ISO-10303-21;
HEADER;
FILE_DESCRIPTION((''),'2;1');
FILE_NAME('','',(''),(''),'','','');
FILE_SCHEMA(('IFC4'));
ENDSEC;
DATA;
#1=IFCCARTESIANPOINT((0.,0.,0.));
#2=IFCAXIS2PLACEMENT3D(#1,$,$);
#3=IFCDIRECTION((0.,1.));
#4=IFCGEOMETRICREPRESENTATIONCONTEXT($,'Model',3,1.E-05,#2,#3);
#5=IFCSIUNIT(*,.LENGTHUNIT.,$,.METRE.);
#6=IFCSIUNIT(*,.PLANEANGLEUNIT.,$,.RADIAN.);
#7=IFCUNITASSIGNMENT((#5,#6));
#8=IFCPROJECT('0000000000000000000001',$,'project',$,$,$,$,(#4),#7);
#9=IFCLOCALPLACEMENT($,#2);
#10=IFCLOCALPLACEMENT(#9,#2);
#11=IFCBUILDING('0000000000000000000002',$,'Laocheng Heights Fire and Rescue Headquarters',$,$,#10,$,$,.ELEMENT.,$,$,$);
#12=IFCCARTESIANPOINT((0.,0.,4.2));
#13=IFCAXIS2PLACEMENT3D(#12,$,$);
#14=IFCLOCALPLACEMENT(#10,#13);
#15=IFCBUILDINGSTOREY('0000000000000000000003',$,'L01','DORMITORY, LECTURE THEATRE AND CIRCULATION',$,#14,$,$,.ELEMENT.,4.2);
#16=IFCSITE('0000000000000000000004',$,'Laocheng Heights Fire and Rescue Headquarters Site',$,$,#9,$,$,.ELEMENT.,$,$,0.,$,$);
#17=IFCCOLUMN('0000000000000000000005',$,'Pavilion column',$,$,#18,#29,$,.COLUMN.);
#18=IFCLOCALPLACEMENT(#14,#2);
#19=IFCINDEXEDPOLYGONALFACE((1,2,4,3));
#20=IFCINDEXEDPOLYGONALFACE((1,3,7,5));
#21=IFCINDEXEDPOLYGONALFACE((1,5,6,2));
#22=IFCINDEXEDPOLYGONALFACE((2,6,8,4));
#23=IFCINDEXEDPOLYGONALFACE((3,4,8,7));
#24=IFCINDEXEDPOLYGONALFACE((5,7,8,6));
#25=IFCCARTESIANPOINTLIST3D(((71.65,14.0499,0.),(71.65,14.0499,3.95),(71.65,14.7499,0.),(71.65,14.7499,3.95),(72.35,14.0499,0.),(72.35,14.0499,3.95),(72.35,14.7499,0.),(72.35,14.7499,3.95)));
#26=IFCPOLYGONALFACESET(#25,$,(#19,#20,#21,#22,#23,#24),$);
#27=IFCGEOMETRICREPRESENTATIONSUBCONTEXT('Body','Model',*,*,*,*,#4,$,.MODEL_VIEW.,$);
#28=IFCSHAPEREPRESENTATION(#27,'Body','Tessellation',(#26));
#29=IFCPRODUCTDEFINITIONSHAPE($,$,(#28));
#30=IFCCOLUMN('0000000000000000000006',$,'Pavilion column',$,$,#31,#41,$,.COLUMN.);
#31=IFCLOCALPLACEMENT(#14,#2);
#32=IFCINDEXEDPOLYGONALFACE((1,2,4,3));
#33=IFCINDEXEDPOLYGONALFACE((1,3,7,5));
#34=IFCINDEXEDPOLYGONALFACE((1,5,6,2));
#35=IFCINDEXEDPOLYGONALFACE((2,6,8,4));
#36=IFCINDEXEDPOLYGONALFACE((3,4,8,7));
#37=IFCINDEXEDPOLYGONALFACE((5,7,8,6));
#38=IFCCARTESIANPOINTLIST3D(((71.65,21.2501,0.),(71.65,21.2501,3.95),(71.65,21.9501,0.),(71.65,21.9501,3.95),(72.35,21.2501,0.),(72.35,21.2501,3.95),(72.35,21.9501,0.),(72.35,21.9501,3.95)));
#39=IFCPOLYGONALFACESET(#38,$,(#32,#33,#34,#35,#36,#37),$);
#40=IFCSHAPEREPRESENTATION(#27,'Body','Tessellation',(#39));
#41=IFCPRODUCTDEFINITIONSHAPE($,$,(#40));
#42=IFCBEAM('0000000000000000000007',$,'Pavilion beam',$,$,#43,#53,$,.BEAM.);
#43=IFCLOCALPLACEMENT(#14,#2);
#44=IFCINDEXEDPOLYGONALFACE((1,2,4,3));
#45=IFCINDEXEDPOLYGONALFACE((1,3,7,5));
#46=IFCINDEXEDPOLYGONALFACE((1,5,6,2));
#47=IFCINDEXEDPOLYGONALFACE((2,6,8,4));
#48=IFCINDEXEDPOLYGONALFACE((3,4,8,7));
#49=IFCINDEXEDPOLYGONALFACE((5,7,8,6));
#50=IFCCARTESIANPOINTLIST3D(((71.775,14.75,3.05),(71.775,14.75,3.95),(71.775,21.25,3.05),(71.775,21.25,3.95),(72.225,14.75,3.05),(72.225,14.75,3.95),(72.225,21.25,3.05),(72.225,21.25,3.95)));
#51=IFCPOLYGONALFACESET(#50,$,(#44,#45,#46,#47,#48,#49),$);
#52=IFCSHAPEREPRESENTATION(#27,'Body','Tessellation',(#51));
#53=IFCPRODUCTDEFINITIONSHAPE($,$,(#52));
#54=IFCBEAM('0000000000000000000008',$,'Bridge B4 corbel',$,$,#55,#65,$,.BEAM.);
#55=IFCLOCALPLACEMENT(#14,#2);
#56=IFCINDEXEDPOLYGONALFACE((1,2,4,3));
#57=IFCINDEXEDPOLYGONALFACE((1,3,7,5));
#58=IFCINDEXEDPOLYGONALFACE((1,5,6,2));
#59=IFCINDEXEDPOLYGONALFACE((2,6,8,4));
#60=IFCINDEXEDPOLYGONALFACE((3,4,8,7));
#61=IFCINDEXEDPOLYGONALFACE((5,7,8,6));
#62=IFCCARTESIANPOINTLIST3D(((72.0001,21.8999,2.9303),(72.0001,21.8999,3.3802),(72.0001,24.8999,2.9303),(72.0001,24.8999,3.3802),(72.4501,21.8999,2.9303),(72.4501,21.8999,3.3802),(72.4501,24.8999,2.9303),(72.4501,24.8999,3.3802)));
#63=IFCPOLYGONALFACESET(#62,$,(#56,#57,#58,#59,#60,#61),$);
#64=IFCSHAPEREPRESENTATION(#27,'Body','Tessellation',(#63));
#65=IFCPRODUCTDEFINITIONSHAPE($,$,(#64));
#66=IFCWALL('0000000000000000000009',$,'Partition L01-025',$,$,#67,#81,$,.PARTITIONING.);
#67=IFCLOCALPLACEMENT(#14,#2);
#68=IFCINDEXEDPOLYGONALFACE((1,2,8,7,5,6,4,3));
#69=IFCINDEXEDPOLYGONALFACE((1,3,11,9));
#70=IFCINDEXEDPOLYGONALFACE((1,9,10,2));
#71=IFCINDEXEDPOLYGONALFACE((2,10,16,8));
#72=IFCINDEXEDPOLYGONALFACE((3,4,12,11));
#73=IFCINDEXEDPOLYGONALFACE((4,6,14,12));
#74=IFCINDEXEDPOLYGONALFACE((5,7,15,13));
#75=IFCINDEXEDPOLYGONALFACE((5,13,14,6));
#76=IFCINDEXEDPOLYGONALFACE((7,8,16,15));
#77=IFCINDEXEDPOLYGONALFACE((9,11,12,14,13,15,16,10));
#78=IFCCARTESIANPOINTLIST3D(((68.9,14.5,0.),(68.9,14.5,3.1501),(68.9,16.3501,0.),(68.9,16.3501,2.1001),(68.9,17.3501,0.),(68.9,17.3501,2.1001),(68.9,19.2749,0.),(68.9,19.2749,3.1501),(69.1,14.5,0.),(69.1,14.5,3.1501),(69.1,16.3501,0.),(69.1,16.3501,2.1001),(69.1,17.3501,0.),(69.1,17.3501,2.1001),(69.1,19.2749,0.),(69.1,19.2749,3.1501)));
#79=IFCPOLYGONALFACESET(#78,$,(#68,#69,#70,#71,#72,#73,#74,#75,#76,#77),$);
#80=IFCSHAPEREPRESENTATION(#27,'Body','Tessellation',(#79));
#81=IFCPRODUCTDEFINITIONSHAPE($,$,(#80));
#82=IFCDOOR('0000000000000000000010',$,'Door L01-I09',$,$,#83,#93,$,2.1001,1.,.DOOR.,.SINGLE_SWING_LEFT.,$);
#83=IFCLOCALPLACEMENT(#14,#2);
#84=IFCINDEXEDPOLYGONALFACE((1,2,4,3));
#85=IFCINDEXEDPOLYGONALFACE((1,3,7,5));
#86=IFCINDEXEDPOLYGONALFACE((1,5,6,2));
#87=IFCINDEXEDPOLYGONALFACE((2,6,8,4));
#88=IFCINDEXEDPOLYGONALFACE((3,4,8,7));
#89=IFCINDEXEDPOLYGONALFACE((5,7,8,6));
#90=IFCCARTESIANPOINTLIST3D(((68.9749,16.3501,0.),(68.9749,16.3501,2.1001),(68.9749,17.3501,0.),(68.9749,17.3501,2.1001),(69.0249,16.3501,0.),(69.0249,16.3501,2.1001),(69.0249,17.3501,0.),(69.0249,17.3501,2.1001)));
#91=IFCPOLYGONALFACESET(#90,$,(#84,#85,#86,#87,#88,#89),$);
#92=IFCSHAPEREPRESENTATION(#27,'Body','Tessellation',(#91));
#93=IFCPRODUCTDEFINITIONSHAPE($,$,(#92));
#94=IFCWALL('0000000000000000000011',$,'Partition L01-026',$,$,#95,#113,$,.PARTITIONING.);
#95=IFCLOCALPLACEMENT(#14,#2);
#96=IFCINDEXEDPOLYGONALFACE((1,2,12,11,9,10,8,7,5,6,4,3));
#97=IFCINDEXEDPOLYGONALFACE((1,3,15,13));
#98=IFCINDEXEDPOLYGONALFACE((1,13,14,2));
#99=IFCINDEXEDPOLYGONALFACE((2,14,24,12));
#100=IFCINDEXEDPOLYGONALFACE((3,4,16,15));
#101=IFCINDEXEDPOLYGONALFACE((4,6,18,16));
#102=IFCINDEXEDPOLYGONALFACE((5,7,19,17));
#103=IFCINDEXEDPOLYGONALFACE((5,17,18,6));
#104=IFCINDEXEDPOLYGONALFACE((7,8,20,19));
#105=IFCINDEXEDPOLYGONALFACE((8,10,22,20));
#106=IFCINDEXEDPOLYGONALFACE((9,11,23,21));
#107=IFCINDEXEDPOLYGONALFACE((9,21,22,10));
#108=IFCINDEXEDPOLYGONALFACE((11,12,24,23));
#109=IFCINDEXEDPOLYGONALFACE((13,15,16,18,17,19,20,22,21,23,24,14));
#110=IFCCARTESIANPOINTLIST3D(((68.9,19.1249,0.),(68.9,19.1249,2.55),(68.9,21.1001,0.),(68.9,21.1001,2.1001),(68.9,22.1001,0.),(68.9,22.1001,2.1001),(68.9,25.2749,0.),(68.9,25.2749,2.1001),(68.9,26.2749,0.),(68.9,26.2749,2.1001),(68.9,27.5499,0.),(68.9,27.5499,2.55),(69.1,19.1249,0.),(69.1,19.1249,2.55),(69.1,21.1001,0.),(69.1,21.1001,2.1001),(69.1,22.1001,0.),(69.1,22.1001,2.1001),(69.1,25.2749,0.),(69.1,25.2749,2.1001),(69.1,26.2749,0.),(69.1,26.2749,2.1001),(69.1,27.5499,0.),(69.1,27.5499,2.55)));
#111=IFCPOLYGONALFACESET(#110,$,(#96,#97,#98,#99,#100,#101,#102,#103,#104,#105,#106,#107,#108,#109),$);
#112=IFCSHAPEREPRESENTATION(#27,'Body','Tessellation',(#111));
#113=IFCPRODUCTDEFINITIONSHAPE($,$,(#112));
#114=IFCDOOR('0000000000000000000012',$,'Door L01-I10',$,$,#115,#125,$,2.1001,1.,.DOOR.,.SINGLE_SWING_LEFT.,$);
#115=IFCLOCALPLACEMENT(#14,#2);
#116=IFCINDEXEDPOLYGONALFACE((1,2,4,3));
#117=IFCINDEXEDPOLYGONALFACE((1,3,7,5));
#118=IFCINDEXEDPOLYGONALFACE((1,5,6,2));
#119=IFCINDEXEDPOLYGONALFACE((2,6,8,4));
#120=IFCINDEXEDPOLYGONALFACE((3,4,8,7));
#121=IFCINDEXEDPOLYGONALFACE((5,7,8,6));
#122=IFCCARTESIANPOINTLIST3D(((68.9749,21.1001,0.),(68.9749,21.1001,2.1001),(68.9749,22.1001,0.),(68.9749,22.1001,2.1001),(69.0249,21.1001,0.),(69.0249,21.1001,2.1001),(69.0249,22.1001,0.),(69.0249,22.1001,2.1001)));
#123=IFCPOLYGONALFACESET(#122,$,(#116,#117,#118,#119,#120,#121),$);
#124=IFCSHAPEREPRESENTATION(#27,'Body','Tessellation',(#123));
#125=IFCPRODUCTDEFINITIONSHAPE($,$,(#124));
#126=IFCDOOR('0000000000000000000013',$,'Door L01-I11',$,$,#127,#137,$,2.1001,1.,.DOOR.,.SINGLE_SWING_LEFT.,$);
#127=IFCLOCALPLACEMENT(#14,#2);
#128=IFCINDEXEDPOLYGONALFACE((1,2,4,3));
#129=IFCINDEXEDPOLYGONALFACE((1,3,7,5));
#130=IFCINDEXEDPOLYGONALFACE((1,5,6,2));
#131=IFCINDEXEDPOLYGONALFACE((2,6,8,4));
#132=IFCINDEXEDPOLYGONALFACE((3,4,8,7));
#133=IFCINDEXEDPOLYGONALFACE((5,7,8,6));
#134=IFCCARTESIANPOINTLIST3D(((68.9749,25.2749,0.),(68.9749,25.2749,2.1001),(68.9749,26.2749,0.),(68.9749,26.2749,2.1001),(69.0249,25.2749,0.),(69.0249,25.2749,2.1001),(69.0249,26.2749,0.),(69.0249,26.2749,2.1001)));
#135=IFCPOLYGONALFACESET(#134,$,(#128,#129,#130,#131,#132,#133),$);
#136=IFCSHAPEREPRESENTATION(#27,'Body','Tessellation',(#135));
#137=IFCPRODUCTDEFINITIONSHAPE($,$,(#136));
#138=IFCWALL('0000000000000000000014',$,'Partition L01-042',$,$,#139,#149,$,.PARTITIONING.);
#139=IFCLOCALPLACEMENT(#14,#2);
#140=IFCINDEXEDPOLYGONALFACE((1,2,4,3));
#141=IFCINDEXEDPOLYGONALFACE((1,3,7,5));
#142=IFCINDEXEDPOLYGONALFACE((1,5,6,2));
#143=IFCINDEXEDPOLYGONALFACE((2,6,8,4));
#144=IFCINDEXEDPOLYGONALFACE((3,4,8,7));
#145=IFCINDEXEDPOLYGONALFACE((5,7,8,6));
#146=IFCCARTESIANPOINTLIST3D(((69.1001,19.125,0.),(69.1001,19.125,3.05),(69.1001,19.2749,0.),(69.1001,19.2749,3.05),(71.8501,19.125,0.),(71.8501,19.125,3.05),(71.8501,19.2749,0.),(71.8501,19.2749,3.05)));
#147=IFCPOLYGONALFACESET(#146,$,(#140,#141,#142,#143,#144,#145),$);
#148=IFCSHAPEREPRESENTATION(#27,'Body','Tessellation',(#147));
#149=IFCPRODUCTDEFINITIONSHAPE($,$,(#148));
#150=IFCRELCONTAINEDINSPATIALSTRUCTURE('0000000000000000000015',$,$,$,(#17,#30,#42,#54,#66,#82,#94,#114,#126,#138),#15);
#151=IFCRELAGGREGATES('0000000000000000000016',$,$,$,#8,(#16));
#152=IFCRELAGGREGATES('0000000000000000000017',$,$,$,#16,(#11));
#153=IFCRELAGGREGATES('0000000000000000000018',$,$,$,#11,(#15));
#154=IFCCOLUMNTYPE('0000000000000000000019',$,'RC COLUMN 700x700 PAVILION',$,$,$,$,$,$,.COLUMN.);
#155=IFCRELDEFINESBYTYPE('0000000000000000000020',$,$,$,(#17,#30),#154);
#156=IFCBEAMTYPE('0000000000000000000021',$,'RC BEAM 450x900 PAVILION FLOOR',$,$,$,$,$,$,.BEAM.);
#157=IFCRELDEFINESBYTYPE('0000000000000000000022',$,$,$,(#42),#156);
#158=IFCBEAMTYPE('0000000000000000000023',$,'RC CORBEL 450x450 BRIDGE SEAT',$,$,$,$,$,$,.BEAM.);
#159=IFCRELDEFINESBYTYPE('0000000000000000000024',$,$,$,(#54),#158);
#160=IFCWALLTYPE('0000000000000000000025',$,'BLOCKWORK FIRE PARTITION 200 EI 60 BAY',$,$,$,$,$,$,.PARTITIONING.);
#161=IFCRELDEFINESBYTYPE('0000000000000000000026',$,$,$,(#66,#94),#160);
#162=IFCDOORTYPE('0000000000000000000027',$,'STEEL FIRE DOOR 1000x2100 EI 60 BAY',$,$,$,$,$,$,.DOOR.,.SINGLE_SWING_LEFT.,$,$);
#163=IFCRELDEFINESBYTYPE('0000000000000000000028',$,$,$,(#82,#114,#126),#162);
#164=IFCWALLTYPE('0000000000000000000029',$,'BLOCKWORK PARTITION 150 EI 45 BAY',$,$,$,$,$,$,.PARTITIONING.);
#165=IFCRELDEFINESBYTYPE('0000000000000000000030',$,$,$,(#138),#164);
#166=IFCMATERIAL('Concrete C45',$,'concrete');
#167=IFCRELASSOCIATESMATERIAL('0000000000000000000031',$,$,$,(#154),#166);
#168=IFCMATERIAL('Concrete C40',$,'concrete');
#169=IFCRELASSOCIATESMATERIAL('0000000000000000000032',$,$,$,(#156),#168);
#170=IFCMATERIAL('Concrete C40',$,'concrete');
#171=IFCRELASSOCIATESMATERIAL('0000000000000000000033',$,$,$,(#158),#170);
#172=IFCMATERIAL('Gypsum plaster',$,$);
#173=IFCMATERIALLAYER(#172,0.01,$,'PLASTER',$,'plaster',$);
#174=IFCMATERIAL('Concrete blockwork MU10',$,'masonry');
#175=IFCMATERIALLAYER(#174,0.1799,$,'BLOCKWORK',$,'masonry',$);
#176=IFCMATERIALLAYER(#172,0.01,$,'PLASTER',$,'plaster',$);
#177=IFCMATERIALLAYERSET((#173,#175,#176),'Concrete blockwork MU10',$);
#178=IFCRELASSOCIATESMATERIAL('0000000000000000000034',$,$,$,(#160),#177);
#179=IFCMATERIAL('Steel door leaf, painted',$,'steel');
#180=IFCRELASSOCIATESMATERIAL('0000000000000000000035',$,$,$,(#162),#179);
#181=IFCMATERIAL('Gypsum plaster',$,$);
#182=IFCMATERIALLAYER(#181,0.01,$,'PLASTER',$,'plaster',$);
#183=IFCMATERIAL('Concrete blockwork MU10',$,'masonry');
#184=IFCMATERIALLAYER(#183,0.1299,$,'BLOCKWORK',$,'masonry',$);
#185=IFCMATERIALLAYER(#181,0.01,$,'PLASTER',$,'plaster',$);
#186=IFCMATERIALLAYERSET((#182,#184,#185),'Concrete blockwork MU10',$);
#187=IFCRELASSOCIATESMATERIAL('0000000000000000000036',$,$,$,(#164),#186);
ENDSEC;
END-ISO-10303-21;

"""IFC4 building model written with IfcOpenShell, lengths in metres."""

from ifc_helpers import new_model, si_unit, direction, frame, frame_2d, origin, origin_2d, place, context, subcontext, project, spatial, rectangle, extrude, material, layer, layer_set, material_profile, profile_set, type_object, element, fill, save


model = new_model("IFC4")

# Units and contexts
model_context = context("Model", 3, precision=1e-05, world=origin(), true_north=direction((0.0, 1.0)))
body_context = subcontext(model_context, "Body", "Model", "MODEL_VIEW")
ifc_project = project(units=[si_unit("LENGTHUNIT", "METRE"), si_unit("PLANEANGLEUNIT", "RADIAN")], contexts=[model_context])

# Site, building, storey
site_placement = place(None, origin())
site = spatial("IfcSite", under=ifc_project, at=site_placement, Name="Laocheng Heights Fire and Rescue Headquarters Site", CompositionType="ELEMENT", RefElevation=0.0)
building_placement = place(site_placement, origin())
building = spatial("IfcBuilding", under=site, at=building_placement, Name="Laocheng Heights Fire and Rescue Headquarters", CompositionType="ELEMENT")
storey_placement = place(building_placement, frame((0.0, 0.0, 4.2)))
storey = spatial("IfcBuildingStorey", under=building, at=storey_placement, Name="L01", Description="DORMITORY, LECTURE THEATRE AND CIRCULATION", CompositionType="ELEMENT", Elevation=4.2)

# Columns
ifc_material_1 = material(Name="Concrete C45", Category="concrete")
ifc_material_profile_1 = material_profile(ifc_material_1, rectangle(XDim=0.7, YDim=0.7, at=origin_2d()), Name="RC COLUMN 700x700 PAVILION")
ifc_profile_set_1 = profile_set([ifc_material_profile_1], Name="Concrete C45")
column_type = type_object("IfcColumnType", Name="RC COLUMN 700x700 PAVILION", PredefinedType="COLUMN", material=ifc_profile_set_1)
for number, where, z_axis, x_axis, name in (
    (1, (72.0, 14.3999, 0.0), (0.0, 0.0, 1.0), (1.0, 0.0, 0.0), "Pavilion column"),
    (2, (72.0, 21.6001, 0.0), (0.0, 0.0, 1.0), (1.0, 0.0, 0.0), "Pavilion column"),
):
    element("IfcColumn", number, at=place(storey_placement, frame(where, z_axis=z_axis, x_axis=x_axis)), inside=storey, type_object=column_type, Name=name, PredefinedType="COLUMN", context=body_context, shape_type="SweptSolid", body=[
        extrude(rectangle(XDim=0.7, YDim=0.7, at=origin_2d()), origin(), (0.0, 0.0, 1.0), 3.95),
    ])

# Beams
ifc_material_2 = material(Name="Concrete C40", Category="concrete")
ifc_material_profile_2 = material_profile(ifc_material_2, rectangle(XDim=0.45, YDim=0.8999, at=origin_2d()), Name="RC BEAM 450x900 PAVILION FLOOR")
ifc_profile_set_2 = profile_set([ifc_material_profile_2], Name="Concrete C40")
beam_type_1 = type_object("IfcBeamType", Name="RC BEAM 450x900 PAVILION FLOOR", PredefinedType="BEAM", material=ifc_profile_set_2)
beam_1_placement = place(storey_placement, frame((72.0, 14.75, 3.5), z_axis=(0.0, 1.0, 0.0), x_axis=(-1.0, 0.0, 0.0)))
element("IfcBeam", 3, at=beam_1_placement, inside=storey, type_object=beam_type_1, Name="Pavilion beam", PredefinedType="BEAM", context=body_context, shape_type="SweptSolid", body=[
    extrude(rectangle(XDim=0.45, YDim=0.8999, at=origin_2d()), origin(), (0.0, 0.0, 1.0), 6.5),
])
ifc_material_3 = material(Name="Concrete C40", Category="concrete")
ifc_material_profile_3 = material_profile(ifc_material_3, rectangle(XDim=0.45, YDim=0.45, at=origin_2d()), Name="RC CORBEL 450x450 BRIDGE SEAT")
ifc_profile_set_3 = profile_set([ifc_material_profile_3], Name="Concrete C40")
beam_type_2 = type_object("IfcBeamType", Name="RC CORBEL 450x450 BRIDGE SEAT", PredefinedType="BEAM", material=ifc_profile_set_3)
beam_2_placement = place(storey_placement, frame((72.2251, 21.8999, 3.1553), z_axis=(0.0, 1.0, 0.0), x_axis=(-1.0, 0.0, 0.0)))
element("IfcBeam", 4, at=beam_2_placement, inside=storey, type_object=beam_type_2, Name="Bridge B4 corbel", PredefinedType="BEAM", context=body_context, shape_type="SweptSolid", body=[
    extrude(rectangle(XDim=0.45, YDim=0.45, at=origin_2d()), origin(), (0.0, 0.0, 1.0), 3.0),
])

# Wall, opening, door
ifc_material_4 = material(Name="Gypsum plaster")
ifc_layer_1 = layer(ifc_material_4, 0.01, Name="PLASTER", Category="plaster")
ifc_material_5 = material(Name="Concrete blockwork MU10", Category="masonry")
ifc_layer_2 = layer(ifc_material_5, 0.1799, Name="BLOCKWORK", Category="masonry")
ifc_layer_3 = layer(ifc_material_4, 0.01, Name="PLASTER", Category="plaster")
ifc_layer_set_1 = layer_set([ifc_layer_1, ifc_layer_2, ifc_layer_3], Name="Concrete blockwork MU10")
wall_type_1 = type_object("IfcWallType", Name="BLOCKWORK FIRE PARTITION 200 EI 60 BAY", PredefinedType="PARTITIONING", material=ifc_layer_set_1)
wall_1_placement = place(storey_placement, frame((69.0, 14.5, 0.0), z_axis=(0.0, 0.0, 1.0), x_axis=(0.0, 1.0, 0.0)))
wall_1 = element("IfcWall", 5, at=wall_1_placement, inside=storey, type_object=wall_type_1, Name="Partition L01-025", PredefinedType="PARTITIONING", context=body_context, shape_type="SweptSolid", body=[
    extrude(rectangle(XDim=4.7749, YDim=0.2, at=frame_2d((2.3875, 0.0))), origin(), (0.0, 0.0, 1.0), 3.1501),
])
opening_1_placement = place(wall_1_placement, frame((1.8501, 0.0, 0.0)))
opening_1 = element("IfcOpeningElement", 6, at=opening_1_placement, cuts=wall_1, PredefinedType="OPENING", context=body_context, shape_type="SweptSolid", body=[
    extrude(rectangle(XDim=1.0, YDim=2.1001, at=frame_2d((0.5, 1.05))), frame((0.0, 0.1099, 0.0), z_axis=(0.0, -1.0, 0.0), x_axis=(1.0, 0.0, 0.0)), (0.0, 0.0, 1.0), 0.22),
])
ifc_material_6 = material(Name="Steel door leaf, painted", Category="steel")
door_type = type_object("IfcDoorType", Name="STEEL FIRE DOOR 1000x2100 EI 60 BAY", OperationType="SINGLE_SWING_LEFT", PredefinedType="DOOR", material=ifc_material_6)
door_1_placement = place(opening_1_placement, frame((1.0, 0.0, 0.0), z_axis=(0.0, 0.0, 1.0), x_axis=(-1.0, 0.0, 0.0)))
door_1 = element("IfcDoor", 7, at=door_1_placement, inside=storey, type_object=door_type, Name="Door L01-I09", OperationType="SINGLE_SWING_LEFT", OverallHeight=2.1001, OverallWidth=1.0, PredefinedType="DOOR", context=body_context, shape_type="SweptSolid", body=[
    extrude(rectangle(XDim=1.0, YDim=2.1001, at=frame_2d((0.5, 1.05))), frame((0.0, 0.0249, 0.0), z_axis=(0.0, -1.0, 0.0), x_axis=(1.0, 0.0, 0.0)), (0.0, 0.0, 1.0), 0.05),
])
fill(opening_1, door_1)

# Wall, openings, doors
wall_2_placement = place(storey_placement, frame((69.0, 19.125, 0.0), z_axis=(0.0, 0.0, 1.0), x_axis=(0.0, 1.0, 0.0)))
wall_2 = element("IfcWall", 8, at=wall_2_placement, inside=storey, type_object=wall_type_1, Name="Partition L01-026", PredefinedType="PARTITIONING", context=body_context, shape_type="SweptSolid", body=[
    extrude(rectangle(XDim=8.425, YDim=0.2, at=frame_2d((4.2124, 0.0))), origin(), (0.0, 0.0, 1.0), 2.55),
])
opening_2_placement = place(wall_2_placement, frame((1.9751, 0.0, 0.0)))
opening_2 = element("IfcOpeningElement", 9, at=opening_2_placement, cuts=wall_2, PredefinedType="OPENING", context=body_context, shape_type="SweptSolid", body=[
    extrude(rectangle(XDim=1.0, YDim=2.1001, at=frame_2d((0.5, 1.05))), frame((0.0, 0.1099, 0.0), z_axis=(0.0, -1.0, 0.0), x_axis=(1.0, 0.0, 0.0)), (0.0, 0.0, 1.0), 0.22),
])
opening_3_placement = place(wall_2_placement, frame((6.1499, 0.0, 0.0)))
opening_3 = element("IfcOpeningElement", 10, at=opening_3_placement, cuts=wall_2, PredefinedType="OPENING", context=body_context, shape_type="SweptSolid", body=[
    extrude(rectangle(XDim=1.0, YDim=2.1001, at=frame_2d((0.5, 1.05))), frame((0.0, 0.1099, 0.0), z_axis=(0.0, -1.0, 0.0), x_axis=(1.0, 0.0, 0.0)), (0.0, 0.0, 1.0), 0.22),
])
door_2_placement = place(opening_2_placement, frame((1.0, 0.0, 0.0), z_axis=(0.0, 0.0, 1.0), x_axis=(-1.0, 0.0, 0.0)))
door_2 = element("IfcDoor", 11, at=door_2_placement, inside=storey, type_object=door_type, Name="Door L01-I10", OperationType="SINGLE_SWING_LEFT", OverallHeight=2.1001, OverallWidth=1.0, PredefinedType="DOOR", context=body_context, shape_type="SweptSolid", body=[
    extrude(rectangle(XDim=1.0, YDim=2.1001, at=frame_2d((0.5, 1.05))), frame((0.0, 0.0249, 0.0), z_axis=(0.0, -1.0, 0.0), x_axis=(1.0, 0.0, 0.0)), (0.0, 0.0, 1.0), 0.05),
])
fill(opening_2, door_2)
door_3_placement = place(opening_3_placement, frame((1.0, 0.0, 0.0), z_axis=(0.0, 0.0, 1.0), x_axis=(-1.0, 0.0, 0.0)))
door_3 = element("IfcDoor", 12, at=door_3_placement, inside=storey, type_object=door_type, Name="Door L01-I11", OperationType="SINGLE_SWING_LEFT", OverallHeight=2.1001, OverallWidth=1.0, PredefinedType="DOOR", context=body_context, shape_type="SweptSolid", body=[
    extrude(rectangle(XDim=1.0, YDim=2.1001, at=frame_2d((0.5, 1.05))), frame((0.0, 0.0249, 0.0), z_axis=(0.0, -1.0, 0.0), x_axis=(1.0, 0.0, 0.0)), (0.0, 0.0, 1.0), 0.05),
])
fill(opening_3, door_3)

# Wall
ifc_material_7 = material(Name="Gypsum plaster")
ifc_layer_4 = layer(ifc_material_7, 0.01, Name="PLASTER", Category="plaster")
ifc_material_8 = material(Name="Concrete blockwork MU10", Category="masonry")
ifc_layer_5 = layer(ifc_material_8, 0.1299, Name="BLOCKWORK", Category="masonry")
ifc_layer_6 = layer(ifc_material_7, 0.01, Name="PLASTER", Category="plaster")
ifc_layer_set_2 = layer_set([ifc_layer_4, ifc_layer_5, ifc_layer_6], Name="Concrete blockwork MU10")
wall_type_2 = type_object("IfcWallType", Name="BLOCKWORK PARTITION 150 EI 45 BAY", PredefinedType="PARTITIONING", material=ifc_layer_set_2)
wall_3_placement = place(storey_placement, frame((69.1001, 19.2, 0.0), z_axis=(0.0, 0.0, 1.0), x_axis=(1.0, 0.0, 0.0)))
element("IfcWall", 13, at=wall_3_placement, inside=storey, type_object=wall_type_2, Name="Partition L01-042", PredefinedType="PARTITIONING", context=body_context, shape_type="SweptSolid", body=[
    extrude(rectangle(XDim=2.75, YDim=0.1499, at=frame_2d((1.375, 0.0))), origin(), (0.0, 0.0, 1.0), 3.05),
])

save(model, "model.ifc")
